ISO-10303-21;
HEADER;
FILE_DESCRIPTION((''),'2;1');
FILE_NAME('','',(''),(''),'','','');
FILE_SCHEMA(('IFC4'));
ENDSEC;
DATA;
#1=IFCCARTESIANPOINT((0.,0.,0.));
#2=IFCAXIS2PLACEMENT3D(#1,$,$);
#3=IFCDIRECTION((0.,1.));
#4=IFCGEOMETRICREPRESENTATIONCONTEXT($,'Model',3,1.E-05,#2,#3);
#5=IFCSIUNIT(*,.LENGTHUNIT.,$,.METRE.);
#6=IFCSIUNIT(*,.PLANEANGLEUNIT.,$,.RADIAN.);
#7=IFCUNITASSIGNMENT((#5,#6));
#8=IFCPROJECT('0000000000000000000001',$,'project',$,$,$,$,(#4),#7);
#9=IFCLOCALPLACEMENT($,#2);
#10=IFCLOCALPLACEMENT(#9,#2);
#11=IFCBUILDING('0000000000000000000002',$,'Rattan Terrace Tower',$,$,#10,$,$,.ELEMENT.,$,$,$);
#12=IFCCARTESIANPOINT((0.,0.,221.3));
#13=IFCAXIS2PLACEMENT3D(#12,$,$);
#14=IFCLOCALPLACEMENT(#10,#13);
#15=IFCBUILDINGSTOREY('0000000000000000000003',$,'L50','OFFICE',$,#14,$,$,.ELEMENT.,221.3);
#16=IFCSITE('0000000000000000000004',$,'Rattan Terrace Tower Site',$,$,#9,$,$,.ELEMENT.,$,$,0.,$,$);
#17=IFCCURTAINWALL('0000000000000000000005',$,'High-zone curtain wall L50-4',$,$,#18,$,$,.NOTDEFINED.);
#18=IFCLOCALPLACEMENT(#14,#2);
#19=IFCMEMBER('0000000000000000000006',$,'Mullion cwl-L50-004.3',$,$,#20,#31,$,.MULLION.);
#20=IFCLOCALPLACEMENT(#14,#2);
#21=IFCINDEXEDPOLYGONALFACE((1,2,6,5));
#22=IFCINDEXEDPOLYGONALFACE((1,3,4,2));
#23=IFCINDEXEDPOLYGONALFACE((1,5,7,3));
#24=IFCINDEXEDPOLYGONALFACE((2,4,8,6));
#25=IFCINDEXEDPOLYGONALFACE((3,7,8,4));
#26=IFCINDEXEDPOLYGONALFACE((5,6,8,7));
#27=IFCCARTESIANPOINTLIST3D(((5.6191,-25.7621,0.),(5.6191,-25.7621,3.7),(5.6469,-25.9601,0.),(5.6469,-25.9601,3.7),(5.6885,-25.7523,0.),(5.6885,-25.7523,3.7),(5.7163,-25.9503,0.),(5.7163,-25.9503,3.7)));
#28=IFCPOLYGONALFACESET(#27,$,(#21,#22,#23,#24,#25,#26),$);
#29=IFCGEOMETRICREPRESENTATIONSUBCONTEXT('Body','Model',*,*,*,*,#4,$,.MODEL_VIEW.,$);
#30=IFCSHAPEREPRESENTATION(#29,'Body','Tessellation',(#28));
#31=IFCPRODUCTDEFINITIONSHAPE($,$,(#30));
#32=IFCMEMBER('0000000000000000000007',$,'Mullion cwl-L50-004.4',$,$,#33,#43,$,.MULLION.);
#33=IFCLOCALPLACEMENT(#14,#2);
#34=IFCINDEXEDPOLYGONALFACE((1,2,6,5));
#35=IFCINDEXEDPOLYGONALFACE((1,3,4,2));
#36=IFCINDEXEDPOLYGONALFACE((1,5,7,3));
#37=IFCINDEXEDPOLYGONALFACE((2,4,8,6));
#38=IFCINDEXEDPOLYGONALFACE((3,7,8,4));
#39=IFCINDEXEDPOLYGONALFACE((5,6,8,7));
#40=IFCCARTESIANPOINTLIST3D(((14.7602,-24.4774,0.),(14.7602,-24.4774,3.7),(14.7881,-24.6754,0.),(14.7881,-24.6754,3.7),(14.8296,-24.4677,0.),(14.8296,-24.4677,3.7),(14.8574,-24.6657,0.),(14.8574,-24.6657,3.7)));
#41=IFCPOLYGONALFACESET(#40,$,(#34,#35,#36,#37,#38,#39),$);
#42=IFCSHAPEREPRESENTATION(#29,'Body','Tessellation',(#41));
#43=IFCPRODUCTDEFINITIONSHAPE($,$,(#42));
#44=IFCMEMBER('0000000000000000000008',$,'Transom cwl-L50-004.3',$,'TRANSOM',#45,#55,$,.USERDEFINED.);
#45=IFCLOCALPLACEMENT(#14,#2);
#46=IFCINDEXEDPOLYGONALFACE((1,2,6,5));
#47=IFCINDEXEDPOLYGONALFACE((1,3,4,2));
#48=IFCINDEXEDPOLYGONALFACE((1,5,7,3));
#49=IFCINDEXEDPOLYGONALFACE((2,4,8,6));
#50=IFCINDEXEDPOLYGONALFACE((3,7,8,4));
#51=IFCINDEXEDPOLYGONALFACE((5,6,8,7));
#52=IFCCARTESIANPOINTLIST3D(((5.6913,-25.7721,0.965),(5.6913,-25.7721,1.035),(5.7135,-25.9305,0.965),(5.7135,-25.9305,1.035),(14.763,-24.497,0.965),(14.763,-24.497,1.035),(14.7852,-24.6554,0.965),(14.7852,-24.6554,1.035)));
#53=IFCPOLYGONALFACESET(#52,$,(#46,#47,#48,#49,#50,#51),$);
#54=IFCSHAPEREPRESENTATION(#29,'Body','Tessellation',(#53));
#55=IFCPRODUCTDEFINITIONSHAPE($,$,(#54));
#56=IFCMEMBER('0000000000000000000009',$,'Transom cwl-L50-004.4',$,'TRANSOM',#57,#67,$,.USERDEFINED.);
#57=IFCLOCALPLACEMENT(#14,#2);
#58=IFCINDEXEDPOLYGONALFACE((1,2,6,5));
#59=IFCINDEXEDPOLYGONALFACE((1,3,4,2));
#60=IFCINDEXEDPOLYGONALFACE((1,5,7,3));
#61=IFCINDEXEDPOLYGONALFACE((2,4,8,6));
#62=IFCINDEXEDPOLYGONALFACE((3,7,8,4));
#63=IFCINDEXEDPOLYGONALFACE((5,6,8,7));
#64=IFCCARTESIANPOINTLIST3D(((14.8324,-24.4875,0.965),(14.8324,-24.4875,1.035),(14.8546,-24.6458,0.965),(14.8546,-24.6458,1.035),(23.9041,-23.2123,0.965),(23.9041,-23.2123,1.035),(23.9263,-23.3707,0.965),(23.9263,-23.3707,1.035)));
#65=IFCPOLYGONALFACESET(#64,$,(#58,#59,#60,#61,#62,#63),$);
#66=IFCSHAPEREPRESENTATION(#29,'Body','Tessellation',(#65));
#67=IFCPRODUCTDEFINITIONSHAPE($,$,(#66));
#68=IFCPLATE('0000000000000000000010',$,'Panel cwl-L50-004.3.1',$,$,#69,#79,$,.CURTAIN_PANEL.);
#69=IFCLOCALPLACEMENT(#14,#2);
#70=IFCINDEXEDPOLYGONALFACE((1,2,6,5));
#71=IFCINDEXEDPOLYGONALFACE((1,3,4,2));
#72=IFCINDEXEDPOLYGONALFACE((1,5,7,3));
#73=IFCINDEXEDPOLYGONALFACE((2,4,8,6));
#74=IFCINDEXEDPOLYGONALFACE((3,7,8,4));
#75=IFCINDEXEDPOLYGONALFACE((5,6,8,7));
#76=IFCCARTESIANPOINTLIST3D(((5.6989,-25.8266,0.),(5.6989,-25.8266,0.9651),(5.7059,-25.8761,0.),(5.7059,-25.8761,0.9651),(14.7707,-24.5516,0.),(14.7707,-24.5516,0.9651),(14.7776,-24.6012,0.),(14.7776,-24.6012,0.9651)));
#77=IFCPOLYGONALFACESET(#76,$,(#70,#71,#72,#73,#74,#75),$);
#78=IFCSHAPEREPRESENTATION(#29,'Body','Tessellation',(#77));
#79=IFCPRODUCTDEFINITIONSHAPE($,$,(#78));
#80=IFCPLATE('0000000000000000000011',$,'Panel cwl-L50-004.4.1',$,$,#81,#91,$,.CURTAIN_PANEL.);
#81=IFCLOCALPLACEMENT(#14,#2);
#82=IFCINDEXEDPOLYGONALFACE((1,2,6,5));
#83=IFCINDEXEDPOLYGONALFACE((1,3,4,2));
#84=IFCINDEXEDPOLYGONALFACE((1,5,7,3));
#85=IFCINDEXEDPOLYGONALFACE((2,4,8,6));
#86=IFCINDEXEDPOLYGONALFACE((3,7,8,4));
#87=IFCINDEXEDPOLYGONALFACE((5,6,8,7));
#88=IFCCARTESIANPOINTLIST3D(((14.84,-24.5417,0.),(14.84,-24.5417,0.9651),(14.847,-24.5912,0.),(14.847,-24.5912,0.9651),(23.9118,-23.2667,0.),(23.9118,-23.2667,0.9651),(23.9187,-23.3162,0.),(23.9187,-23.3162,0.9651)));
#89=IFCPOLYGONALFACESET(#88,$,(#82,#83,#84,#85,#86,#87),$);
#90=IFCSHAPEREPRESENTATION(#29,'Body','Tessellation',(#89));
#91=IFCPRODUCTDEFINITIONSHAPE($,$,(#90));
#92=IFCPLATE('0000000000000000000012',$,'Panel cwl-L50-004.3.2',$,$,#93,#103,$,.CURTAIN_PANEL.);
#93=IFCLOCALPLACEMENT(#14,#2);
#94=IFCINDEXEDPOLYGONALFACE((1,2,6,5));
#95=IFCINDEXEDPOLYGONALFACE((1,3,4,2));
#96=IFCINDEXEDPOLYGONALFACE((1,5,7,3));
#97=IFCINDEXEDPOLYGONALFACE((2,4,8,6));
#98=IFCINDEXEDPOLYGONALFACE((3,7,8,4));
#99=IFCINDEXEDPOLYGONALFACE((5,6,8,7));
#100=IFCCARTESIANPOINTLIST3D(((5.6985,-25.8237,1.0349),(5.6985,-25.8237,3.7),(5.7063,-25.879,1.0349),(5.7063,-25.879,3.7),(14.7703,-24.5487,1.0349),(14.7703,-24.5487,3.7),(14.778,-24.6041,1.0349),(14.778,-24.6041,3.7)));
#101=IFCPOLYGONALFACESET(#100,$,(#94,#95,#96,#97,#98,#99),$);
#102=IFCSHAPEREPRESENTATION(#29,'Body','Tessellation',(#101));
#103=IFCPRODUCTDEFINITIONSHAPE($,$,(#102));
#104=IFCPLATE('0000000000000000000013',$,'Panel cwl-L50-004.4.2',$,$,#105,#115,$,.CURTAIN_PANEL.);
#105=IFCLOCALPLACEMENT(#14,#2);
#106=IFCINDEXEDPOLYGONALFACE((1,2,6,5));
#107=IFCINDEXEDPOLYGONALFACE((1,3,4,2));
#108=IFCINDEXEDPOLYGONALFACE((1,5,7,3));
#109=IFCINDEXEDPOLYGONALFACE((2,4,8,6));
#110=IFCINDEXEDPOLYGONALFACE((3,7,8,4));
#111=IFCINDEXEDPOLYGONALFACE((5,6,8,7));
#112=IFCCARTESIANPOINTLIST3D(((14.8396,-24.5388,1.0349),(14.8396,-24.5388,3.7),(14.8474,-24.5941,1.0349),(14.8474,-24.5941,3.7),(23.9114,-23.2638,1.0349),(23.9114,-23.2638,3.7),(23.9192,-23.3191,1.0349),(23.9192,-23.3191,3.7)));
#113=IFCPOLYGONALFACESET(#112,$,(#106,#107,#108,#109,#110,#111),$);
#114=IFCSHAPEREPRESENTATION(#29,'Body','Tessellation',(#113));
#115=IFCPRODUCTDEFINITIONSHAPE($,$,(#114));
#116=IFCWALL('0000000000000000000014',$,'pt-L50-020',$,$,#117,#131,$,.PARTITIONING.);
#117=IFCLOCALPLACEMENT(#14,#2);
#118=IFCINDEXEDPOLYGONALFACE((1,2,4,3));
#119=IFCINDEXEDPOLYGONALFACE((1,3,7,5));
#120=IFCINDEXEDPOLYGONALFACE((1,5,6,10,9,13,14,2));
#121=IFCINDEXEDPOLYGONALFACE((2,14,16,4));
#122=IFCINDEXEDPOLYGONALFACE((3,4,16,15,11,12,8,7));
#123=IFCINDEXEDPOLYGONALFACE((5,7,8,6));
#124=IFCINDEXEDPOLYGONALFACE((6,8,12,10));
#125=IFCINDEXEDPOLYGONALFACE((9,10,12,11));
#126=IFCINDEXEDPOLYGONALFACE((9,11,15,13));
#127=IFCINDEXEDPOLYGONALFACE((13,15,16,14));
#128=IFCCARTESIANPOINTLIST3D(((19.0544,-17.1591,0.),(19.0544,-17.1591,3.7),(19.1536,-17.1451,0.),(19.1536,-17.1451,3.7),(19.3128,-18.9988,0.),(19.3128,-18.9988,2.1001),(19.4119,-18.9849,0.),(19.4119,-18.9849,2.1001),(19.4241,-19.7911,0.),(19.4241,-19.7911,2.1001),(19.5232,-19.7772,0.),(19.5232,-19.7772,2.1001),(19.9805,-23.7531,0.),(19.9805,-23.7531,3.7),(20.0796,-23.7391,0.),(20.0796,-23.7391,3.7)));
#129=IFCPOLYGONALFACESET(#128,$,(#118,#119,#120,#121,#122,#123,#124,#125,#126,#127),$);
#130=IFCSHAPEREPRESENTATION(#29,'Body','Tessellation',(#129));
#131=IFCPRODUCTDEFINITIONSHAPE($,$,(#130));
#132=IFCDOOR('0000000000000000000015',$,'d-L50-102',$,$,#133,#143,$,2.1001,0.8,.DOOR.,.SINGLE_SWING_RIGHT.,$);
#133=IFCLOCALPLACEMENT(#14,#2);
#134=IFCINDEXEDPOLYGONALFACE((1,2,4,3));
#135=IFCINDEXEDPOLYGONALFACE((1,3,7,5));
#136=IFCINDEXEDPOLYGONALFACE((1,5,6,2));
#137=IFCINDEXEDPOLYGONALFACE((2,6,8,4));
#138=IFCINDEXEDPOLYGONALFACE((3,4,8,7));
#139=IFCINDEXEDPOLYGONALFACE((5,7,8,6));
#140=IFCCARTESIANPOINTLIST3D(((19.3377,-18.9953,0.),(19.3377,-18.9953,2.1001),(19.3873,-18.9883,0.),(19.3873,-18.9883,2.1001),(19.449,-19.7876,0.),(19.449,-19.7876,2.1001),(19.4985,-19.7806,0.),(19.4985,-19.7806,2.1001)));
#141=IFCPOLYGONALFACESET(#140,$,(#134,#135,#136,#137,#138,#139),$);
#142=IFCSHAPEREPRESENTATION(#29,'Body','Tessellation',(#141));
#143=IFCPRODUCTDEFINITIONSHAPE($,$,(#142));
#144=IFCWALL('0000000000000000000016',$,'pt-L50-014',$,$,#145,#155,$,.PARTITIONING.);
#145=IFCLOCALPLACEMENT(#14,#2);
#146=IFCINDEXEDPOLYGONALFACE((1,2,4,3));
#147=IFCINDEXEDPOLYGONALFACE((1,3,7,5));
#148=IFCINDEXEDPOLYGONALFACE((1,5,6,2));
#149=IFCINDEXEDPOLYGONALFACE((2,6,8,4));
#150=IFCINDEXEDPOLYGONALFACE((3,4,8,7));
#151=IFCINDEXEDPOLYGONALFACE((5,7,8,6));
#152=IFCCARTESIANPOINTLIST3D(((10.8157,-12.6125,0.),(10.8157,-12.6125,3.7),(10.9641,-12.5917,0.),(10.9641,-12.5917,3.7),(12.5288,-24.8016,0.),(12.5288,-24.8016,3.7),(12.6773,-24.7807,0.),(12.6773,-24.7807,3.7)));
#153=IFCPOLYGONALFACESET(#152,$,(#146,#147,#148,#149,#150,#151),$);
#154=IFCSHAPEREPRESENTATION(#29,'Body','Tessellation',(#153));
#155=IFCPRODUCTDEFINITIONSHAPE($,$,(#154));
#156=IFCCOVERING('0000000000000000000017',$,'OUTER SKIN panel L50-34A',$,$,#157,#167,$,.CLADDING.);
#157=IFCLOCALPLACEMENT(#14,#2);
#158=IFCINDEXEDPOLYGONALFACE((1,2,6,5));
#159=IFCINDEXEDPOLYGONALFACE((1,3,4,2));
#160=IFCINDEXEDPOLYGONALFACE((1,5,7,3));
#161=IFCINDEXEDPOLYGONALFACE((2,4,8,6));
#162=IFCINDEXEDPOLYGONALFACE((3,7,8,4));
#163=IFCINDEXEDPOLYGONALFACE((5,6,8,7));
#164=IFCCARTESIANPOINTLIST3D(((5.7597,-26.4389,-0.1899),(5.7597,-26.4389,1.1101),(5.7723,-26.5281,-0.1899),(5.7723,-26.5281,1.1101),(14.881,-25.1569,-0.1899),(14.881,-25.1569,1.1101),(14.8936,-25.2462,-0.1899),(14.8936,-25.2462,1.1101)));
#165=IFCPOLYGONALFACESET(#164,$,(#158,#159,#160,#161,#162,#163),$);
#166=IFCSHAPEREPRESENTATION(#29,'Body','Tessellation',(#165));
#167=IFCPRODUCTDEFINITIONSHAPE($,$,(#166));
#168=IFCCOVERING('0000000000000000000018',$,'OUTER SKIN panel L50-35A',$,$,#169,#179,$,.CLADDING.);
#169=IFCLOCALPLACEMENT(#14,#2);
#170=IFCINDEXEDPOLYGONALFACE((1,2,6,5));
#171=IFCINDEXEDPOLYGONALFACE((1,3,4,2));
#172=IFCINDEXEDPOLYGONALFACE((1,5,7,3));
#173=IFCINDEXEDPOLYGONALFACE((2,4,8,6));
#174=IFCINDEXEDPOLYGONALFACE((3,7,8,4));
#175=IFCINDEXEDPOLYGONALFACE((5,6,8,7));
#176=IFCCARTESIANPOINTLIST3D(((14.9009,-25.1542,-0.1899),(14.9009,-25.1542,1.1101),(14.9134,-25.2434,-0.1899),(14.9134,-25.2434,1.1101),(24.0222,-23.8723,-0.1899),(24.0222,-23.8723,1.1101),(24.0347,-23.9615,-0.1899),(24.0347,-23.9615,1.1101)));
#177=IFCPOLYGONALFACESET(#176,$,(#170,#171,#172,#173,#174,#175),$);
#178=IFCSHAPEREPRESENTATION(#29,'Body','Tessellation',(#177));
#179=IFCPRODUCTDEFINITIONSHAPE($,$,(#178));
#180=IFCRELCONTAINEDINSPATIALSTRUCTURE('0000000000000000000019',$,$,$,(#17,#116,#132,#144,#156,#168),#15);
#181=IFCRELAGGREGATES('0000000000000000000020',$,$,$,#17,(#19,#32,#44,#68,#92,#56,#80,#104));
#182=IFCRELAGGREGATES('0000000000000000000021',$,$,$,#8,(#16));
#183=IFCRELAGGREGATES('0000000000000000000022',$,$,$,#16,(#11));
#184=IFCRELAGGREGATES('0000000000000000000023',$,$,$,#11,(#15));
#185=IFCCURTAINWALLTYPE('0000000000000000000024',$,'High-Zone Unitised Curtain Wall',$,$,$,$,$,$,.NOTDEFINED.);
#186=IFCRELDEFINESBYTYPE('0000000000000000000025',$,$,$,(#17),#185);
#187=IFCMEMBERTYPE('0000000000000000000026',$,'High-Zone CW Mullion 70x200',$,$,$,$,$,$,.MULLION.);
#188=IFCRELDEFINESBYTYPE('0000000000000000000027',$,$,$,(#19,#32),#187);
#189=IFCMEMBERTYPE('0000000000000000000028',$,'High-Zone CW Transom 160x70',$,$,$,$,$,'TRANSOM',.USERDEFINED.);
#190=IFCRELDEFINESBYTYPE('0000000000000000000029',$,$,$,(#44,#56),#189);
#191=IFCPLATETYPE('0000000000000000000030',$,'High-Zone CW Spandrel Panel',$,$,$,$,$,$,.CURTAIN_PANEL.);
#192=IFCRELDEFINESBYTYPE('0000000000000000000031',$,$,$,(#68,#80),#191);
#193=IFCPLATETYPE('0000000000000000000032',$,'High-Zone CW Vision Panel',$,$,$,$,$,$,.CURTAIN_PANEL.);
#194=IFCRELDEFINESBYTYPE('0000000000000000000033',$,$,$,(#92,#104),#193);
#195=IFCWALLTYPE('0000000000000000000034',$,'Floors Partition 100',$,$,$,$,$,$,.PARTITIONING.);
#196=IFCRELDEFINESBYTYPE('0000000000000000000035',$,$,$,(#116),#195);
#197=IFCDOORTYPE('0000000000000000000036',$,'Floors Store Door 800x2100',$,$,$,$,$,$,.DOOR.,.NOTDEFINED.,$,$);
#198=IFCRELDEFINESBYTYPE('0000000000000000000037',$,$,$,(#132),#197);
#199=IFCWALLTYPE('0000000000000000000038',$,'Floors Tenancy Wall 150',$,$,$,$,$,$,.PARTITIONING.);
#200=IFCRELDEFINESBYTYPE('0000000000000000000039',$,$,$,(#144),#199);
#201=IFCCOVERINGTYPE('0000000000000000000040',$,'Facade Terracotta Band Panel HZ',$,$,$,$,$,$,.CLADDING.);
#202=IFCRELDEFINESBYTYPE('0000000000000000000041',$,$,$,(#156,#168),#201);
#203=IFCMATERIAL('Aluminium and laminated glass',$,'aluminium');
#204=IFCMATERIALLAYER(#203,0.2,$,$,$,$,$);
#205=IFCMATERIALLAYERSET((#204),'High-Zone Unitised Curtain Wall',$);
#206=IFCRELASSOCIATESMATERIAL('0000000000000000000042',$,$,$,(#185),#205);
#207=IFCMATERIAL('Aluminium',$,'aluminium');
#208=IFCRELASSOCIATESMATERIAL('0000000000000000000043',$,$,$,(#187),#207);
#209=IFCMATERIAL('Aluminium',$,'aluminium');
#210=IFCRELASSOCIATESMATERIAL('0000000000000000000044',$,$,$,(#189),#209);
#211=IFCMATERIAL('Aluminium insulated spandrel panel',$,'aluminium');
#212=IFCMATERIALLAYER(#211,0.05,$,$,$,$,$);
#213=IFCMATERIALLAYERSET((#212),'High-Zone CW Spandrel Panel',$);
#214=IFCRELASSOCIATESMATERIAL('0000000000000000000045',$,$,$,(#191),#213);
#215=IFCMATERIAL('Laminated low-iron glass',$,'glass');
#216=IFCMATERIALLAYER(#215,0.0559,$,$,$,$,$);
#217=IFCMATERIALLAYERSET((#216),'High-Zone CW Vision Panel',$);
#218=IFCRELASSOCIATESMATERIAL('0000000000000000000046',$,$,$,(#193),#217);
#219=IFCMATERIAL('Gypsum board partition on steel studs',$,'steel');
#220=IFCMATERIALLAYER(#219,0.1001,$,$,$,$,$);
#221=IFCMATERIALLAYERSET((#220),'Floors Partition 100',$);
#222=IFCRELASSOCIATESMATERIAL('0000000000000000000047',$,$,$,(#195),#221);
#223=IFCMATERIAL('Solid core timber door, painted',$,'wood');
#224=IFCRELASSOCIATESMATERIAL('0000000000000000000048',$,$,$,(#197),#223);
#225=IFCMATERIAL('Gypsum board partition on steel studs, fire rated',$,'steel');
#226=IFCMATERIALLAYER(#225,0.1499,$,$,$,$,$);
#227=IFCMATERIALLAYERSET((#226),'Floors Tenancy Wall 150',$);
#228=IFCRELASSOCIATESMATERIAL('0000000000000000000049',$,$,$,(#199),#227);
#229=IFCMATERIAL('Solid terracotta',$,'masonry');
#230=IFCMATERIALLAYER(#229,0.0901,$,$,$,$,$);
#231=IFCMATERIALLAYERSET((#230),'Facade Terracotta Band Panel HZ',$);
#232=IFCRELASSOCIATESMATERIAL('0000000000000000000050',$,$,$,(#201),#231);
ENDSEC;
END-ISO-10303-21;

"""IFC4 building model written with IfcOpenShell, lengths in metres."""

from ifc_helpers import new_model, si_unit, direction, frame, frame_2d, origin, origin_2d, place, context, subcontext, project, spatial, rectangle, extrude, material, layer, layer_set, material_profile, profile_set, type_object, element, fill, aggregate, save


model = new_model("IFC4")

# Units and contexts
model_context = context("Model", 3, precision=1e-05, world=origin(), true_north=direction((0.0, 1.0)))
body_context = subcontext(model_context, "Body", "Model", "MODEL_VIEW")
ifc_project = project(units=[si_unit("LENGTHUNIT", "METRE"), si_unit("PLANEANGLEUNIT", "RADIAN")], contexts=[model_context])

# Site, building, storey
site_placement = place(None, origin())
site = spatial("IfcSite", under=ifc_project, at=site_placement, Name="Rattan Terrace Tower Site", CompositionType="ELEMENT", RefElevation=0.0)
building_placement = place(site_placement, origin())
building = spatial("IfcBuilding", under=site, at=building_placement, Name="Rattan Terrace Tower", CompositionType="ELEMENT")
storey_placement = place(building_placement, frame((0.0, 0.0, 221.3)))
storey = spatial("IfcBuildingStorey", under=building, at=storey_placement, Name="L50", Description="OFFICE", CompositionType="ELEMENT", Elevation=221.3)

# Curtain wall, members, plates
ifc_material_1 = material(Name="Aluminium and laminated glass", Category="aluminium")
ifc_layer_1 = layer(ifc_material_1, 0.2)
ifc_layer_set_1 = layer_set([ifc_layer_1], Name="High-Zone Unitised Curtain Wall")
curtain_wall_type = type_object("IfcCurtainWallType", Name="High-Zone Unitised Curtain Wall", PredefinedType="NOTDEFINED", material=ifc_layer_set_1)
curtain_wall_placement = place(storey_placement, origin())
curtain_wall = element("IfcCurtainWall", 1, at=curtain_wall_placement, inside=storey, type_object=curtain_wall_type, Name="High-zone curtain wall L50-4", PredefinedType="NOTDEFINED")
ifc_material_2 = material(Name="Aluminium", Category="aluminium")
ifc_material_profile_1 = material_profile(ifc_material_2, rectangle(XDim=0.0701, YDim=0.2, at=origin_2d()), Name="Aluminium 70x200")
ifc_profile_set_1 = profile_set([ifc_material_profile_1], Name="Aluminium")
member_type_1 = type_object("IfcMemberType", Name="High-Zone CW Mullion 70x200", PredefinedType="MULLION", material=ifc_profile_set_1)
member_1_placement = place(storey_placement, frame((5.6677, -25.8562, 0.0), z_axis=(0.0, 0.0, 1.0), x_axis=(0.990267, 0.139177, 0.0)))
member_1 = element("IfcMember", 2, at=member_1_placement, type_object=member_type_1, Name="Mullion cwl-L50-004.3", PredefinedType="MULLION", context=body_context, shape_type="SweptSolid", body=[
    extrude(rectangle(XDim=0.0701, YDim=0.2, at=origin_2d()), origin(), (0.0, 0.0, 1.0), 3.7),
])
member_2_placement = place(storey_placement, frame((14.8088, -24.5715, 0.0), z_axis=(0.0, 0.0, 1.0), x_axis=(0.990267, 0.139177, 0.0)))
member_2 = element("IfcMember", 3, at=member_2_placement, type_object=member_type_1, Name="Mullion cwl-L50-004.4", PredefinedType="MULLION", context=body_context, shape_type="SweptSolid", body=[
    extrude(rectangle(XDim=0.0701, YDim=0.2, at=origin_2d()), origin(), (0.0, 0.0, 1.0), 3.7),
])
ifc_material_3 = material(Name="Aluminium", Category="aluminium")
ifc_material_profile_2 = material_profile(ifc_material_3, rectangle(XDim=0.1599, YDim=0.0701, at=origin_2d()), Name="Aluminium 160x70")
ifc_profile_set_2 = profile_set([ifc_material_profile_2], Name="Aluminium")
member_type_2 = type_object("IfcMemberType", Name="High-Zone CW Transom 160x70", ElementType="TRANSOM", PredefinedType="USERDEFINED", material=ifc_profile_set_2)
member_3_placement = place(storey_placement, frame((5.7024, -25.8513, 1.0), z_axis=(0.990265, 0.139194, 0.0), x_axis=(-0.139194, 0.990265, 0.0)))
member_3 = element("IfcMember", 4, at=member_3_placement, type_object=member_type_2, Name="Transom cwl-L50-004.3", ObjectType="TRANSOM", PredefinedType="USERDEFINED", context=body_context, shape_type="SweptSolid", body=[
    extrude(rectangle(XDim=0.1599, YDim=0.0701, at=origin_2d()), origin(), (0.0, 0.0, 1.0), 9.1609),
])
member_4_placement = place(storey_placement, frame((14.8435, -24.5667, 1.0), z_axis=(0.990265, 0.139194, 0.0), x_axis=(-0.139194, 0.990265, 0.0)))
member_4 = element("IfcMember", 5, at=member_4_placement, type_object=member_type_2, Name="Transom cwl-L50-004.4", ObjectType="TRANSOM", PredefinedType="USERDEFINED", context=body_context, shape_type="SweptSolid", body=[
    extrude(rectangle(XDim=0.1599, YDim=0.0701, at=origin_2d()), origin(), (0.0, 0.0, 1.0), 9.1609),
])
ifc_material_4 = material(Name="Aluminium insulated spandrel panel", Category="aluminium")
ifc_layer_2 = layer(ifc_material_4, 0.05)
ifc_layer_set_2 = layer_set([ifc_layer_2], Name="High-Zone CW Spandrel Panel")
plate_type_1 = type_object("IfcPlateType", Name="High-Zone CW Spandrel Panel", PredefinedType="CURTAIN_PANEL", material=ifc_layer_set_2)
plate_1_placement = place(storey_placement, frame((10.2383, -25.2139, 0.0), z_axis=(0.0, 0.0, 1.0), x_axis=(0.990267, 0.139177, 0.0)))
plate_1 = element("IfcPlate", 6, at=plate_1_placement, type_object=plate_type_1, Name="Panel cwl-L50-004.3.1", PredefinedType="CURTAIN_PANEL", context=body_context, shape_type="SweptSolid", body=[
    extrude(rectangle(XDim=9.1609, YDim=0.05, at=origin_2d()), origin(), (0.0, 0.0, 1.0), 0.9651),
])
plate_2_placement = place(storey_placement, frame((19.3794, -23.929, 0.0), z_axis=(0.0, 0.0, 1.0), x_axis=(0.990267, 0.139177, 0.0)))
plate_2 = element("IfcPlate", 7, at=plate_2_placement, type_object=plate_type_1, Name="Panel cwl-L50-004.4.1", PredefinedType="CURTAIN_PANEL", context=body_context, shape_type="SweptSolid", body=[
    extrude(rectangle(XDim=9.1609, YDim=0.05, at=origin_2d()), origin(), (0.0, 0.0, 1.0), 0.9651),
])
ifc_material_5 = material(Name="Laminated low-iron glass", Category="glass")
ifc_layer_3 = layer(ifc_material_5, 0.0559)
ifc_layer_set_3 = layer_set([ifc_layer_3], Name="High-Zone CW Vision Panel")
plate_type_2 = type_object("IfcPlateType", Name="High-Zone CW Vision Panel", PredefinedType="CURTAIN_PANEL", material=ifc_layer_set_3)
plate_3_placement = place(storey_placement, frame((10.2383, -25.2139, 1.0349), z_axis=(0.0, 0.0, 1.0), x_axis=(0.990267, 0.139177, 0.0)))
plate_3 = element("IfcPlate", 8, at=plate_3_placement, type_object=plate_type_2, Name="Panel cwl-L50-004.3.2", PredefinedType="CURTAIN_PANEL", context=body_context, shape_type="SweptSolid", body=[
    extrude(rectangle(XDim=9.1609, YDim=0.0559, at=origin_2d()), origin(), (0.0, 0.0, 1.0), 2.665),
])
plate_4_placement = place(storey_placement, frame((19.3794, -23.929, 1.0349), z_axis=(0.0, 0.0, 1.0), x_axis=(0.990267, 0.139177, 0.0)))
plate_4 = element("IfcPlate", 9, at=plate_4_placement, type_object=plate_type_2, Name="Panel cwl-L50-004.4.2", PredefinedType="CURTAIN_PANEL", context=body_context, shape_type="SweptSolid", body=[
    extrude(rectangle(XDim=9.1609, YDim=0.0559, at=origin_2d()), origin(), (0.0, 0.0, 1.0), 2.665),
])
aggregate(curtain_wall, [member_1, member_2, member_3, plate_1, plate_3, member_4, plate_2, plate_4])

# Wall, opening, door
ifc_material_6 = material(Name="Gypsum board partition on steel studs", Category="steel")
ifc_layer_4 = layer(ifc_material_6, 0.1001)
ifc_layer_set_4 = layer_set([ifc_layer_4], Name="Floors Partition 100")
wall_type_1 = type_object("IfcWallType", Name="Floors Partition 100", PredefinedType="PARTITIONING", material=ifc_layer_set_4)
wall_1_placement = place(storey_placement, frame((20.03, -23.7461, 0.0), z_axis=(0.0, 0.0, 1.0), x_axis=(-0.13907, 0.990283, 0.0)))
wall_1 = element("IfcWall", 10, at=wall_1_placement, inside=storey, type_object=wall_type_1, Name="pt-L50-020", PredefinedType="PARTITIONING", context=body_context, shape_type="SweptSolid", body=[
    extrude(rectangle(XDim=6.6587, YDim=0.1001, at=frame_2d((3.3293, 0.0))), origin(), (0.0, 0.0, 1.0), 3.7),
])
opening_placement = place(wall_1_placement, frame((4.001, 0.0, 0.0)))
opening = element("IfcOpeningElement", 11, at=opening_placement, cuts=wall_1, PredefinedType="OPENING", context=body_context, shape_type="SweptSolid", body=[
    extrude(rectangle(XDim=0.8, YDim=2.1001, at=frame_2d((0.3999, 1.05))), frame((0.0, 0.0605, 0.0), z_axis=(0.0, -1.0, 0.0), x_axis=(1.0, 0.0, 0.0)), (0.0, 0.0, 1.0), 0.1211),
])
ifc_material_7 = material(Name="Solid core timber door, painted", Category="wood")
door_type = type_object("IfcDoorType", Name="Floors Store Door 800x2100", OperationType="NOTDEFINED", PredefinedType="DOOR", material=ifc_material_7)
door_placement = place(opening_placement, origin())
door = element("IfcDoor", 12, at=door_placement, inside=storey, type_object=door_type, Name="d-L50-102", OperationType="SINGLE_SWING_RIGHT", OverallHeight=2.1001, OverallWidth=0.8, PredefinedType="DOOR", context=body_context, shape_type="SweptSolid", body=[
    extrude(rectangle(XDim=0.8, YDim=2.1001, at=frame_2d((0.3999, 1.05))), frame((0.0, 0.0249, 0.0), z_axis=(0.0, -1.0, 0.0), x_axis=(1.0, 0.0, 0.0)), (0.0, 0.0, 1.0), 0.05),
])
fill(opening, door)

# Wall
ifc_material_8 = material(Name="Gypsum board partition on steel studs, fire rated", Category="steel")
ifc_layer_5 = layer(ifc_material_8, 0.1499)
ifc_layer_set_5 = layer_set([ifc_layer_5], Name="Floors Tenancy Wall 150")
wall_type_2 = type_object("IfcWallType", Name="Floors Tenancy Wall 150", PredefinedType="PARTITIONING", material=ifc_layer_set_5)
wall_2_placement = place(storey_placement, frame((12.603, -24.791, 0.0), z_axis=(0.0, 0.0, 1.0), x_axis=(-0.13918, 0.990267, 0.0)))
element("IfcWall", 13, at=wall_2_placement, inside=storey, type_object=wall_type_2, Name="pt-L50-014", PredefinedType="PARTITIONING", context=body_context, shape_type="SweptSolid", body=[
    extrude(rectangle(XDim=12.3088, YDim=0.1499, at=frame_2d((6.1543, 0.0))), origin(), (0.0, 0.0, 1.0), 3.7),
])

# Coverings
ifc_material_9 = material(Name="Solid terracotta", Category="masonry")
ifc_layer_6 = layer(ifc_material_9, 0.0901)
ifc_layer_set_6 = layer_set([ifc_layer_6], Name="Facade Terracotta Band Panel HZ")
covering_type_1 = type_object("IfcCoveringType", Name="Facade Terracotta Band Panel HZ", PredefinedType="CLADDING", material=ifc_layer_set_6)
for number, where, z_axis, x_axis, name in (
    (14, (10.3267, -25.8425, -0.1899), (0.0, 0.0, 1.0), (0.990267, 0.139177, 0.0), "OUTER SKIN panel L50-34A"),
    (15, (19.4678, -24.5579, -0.1899), (0.0, 0.0, 1.0), (0.990267, 0.139177, 0.0), "OUTER SKIN panel L50-35A"),
):
    element("IfcCovering", number, at=place(storey_placement, frame(where, z_axis=z_axis, x_axis=x_axis)), inside=storey, type_object=covering_type_1, Name=name, PredefinedType="CLADDING", context=body_context, shape_type="SweptSolid", body=[
        extrude(rectangle(XDim=9.2109, YDim=0.0901, at=origin_2d()), origin(), (0.0, 0.0, 1.0), 1.3),
    ])

save(model, "model.ifc")
